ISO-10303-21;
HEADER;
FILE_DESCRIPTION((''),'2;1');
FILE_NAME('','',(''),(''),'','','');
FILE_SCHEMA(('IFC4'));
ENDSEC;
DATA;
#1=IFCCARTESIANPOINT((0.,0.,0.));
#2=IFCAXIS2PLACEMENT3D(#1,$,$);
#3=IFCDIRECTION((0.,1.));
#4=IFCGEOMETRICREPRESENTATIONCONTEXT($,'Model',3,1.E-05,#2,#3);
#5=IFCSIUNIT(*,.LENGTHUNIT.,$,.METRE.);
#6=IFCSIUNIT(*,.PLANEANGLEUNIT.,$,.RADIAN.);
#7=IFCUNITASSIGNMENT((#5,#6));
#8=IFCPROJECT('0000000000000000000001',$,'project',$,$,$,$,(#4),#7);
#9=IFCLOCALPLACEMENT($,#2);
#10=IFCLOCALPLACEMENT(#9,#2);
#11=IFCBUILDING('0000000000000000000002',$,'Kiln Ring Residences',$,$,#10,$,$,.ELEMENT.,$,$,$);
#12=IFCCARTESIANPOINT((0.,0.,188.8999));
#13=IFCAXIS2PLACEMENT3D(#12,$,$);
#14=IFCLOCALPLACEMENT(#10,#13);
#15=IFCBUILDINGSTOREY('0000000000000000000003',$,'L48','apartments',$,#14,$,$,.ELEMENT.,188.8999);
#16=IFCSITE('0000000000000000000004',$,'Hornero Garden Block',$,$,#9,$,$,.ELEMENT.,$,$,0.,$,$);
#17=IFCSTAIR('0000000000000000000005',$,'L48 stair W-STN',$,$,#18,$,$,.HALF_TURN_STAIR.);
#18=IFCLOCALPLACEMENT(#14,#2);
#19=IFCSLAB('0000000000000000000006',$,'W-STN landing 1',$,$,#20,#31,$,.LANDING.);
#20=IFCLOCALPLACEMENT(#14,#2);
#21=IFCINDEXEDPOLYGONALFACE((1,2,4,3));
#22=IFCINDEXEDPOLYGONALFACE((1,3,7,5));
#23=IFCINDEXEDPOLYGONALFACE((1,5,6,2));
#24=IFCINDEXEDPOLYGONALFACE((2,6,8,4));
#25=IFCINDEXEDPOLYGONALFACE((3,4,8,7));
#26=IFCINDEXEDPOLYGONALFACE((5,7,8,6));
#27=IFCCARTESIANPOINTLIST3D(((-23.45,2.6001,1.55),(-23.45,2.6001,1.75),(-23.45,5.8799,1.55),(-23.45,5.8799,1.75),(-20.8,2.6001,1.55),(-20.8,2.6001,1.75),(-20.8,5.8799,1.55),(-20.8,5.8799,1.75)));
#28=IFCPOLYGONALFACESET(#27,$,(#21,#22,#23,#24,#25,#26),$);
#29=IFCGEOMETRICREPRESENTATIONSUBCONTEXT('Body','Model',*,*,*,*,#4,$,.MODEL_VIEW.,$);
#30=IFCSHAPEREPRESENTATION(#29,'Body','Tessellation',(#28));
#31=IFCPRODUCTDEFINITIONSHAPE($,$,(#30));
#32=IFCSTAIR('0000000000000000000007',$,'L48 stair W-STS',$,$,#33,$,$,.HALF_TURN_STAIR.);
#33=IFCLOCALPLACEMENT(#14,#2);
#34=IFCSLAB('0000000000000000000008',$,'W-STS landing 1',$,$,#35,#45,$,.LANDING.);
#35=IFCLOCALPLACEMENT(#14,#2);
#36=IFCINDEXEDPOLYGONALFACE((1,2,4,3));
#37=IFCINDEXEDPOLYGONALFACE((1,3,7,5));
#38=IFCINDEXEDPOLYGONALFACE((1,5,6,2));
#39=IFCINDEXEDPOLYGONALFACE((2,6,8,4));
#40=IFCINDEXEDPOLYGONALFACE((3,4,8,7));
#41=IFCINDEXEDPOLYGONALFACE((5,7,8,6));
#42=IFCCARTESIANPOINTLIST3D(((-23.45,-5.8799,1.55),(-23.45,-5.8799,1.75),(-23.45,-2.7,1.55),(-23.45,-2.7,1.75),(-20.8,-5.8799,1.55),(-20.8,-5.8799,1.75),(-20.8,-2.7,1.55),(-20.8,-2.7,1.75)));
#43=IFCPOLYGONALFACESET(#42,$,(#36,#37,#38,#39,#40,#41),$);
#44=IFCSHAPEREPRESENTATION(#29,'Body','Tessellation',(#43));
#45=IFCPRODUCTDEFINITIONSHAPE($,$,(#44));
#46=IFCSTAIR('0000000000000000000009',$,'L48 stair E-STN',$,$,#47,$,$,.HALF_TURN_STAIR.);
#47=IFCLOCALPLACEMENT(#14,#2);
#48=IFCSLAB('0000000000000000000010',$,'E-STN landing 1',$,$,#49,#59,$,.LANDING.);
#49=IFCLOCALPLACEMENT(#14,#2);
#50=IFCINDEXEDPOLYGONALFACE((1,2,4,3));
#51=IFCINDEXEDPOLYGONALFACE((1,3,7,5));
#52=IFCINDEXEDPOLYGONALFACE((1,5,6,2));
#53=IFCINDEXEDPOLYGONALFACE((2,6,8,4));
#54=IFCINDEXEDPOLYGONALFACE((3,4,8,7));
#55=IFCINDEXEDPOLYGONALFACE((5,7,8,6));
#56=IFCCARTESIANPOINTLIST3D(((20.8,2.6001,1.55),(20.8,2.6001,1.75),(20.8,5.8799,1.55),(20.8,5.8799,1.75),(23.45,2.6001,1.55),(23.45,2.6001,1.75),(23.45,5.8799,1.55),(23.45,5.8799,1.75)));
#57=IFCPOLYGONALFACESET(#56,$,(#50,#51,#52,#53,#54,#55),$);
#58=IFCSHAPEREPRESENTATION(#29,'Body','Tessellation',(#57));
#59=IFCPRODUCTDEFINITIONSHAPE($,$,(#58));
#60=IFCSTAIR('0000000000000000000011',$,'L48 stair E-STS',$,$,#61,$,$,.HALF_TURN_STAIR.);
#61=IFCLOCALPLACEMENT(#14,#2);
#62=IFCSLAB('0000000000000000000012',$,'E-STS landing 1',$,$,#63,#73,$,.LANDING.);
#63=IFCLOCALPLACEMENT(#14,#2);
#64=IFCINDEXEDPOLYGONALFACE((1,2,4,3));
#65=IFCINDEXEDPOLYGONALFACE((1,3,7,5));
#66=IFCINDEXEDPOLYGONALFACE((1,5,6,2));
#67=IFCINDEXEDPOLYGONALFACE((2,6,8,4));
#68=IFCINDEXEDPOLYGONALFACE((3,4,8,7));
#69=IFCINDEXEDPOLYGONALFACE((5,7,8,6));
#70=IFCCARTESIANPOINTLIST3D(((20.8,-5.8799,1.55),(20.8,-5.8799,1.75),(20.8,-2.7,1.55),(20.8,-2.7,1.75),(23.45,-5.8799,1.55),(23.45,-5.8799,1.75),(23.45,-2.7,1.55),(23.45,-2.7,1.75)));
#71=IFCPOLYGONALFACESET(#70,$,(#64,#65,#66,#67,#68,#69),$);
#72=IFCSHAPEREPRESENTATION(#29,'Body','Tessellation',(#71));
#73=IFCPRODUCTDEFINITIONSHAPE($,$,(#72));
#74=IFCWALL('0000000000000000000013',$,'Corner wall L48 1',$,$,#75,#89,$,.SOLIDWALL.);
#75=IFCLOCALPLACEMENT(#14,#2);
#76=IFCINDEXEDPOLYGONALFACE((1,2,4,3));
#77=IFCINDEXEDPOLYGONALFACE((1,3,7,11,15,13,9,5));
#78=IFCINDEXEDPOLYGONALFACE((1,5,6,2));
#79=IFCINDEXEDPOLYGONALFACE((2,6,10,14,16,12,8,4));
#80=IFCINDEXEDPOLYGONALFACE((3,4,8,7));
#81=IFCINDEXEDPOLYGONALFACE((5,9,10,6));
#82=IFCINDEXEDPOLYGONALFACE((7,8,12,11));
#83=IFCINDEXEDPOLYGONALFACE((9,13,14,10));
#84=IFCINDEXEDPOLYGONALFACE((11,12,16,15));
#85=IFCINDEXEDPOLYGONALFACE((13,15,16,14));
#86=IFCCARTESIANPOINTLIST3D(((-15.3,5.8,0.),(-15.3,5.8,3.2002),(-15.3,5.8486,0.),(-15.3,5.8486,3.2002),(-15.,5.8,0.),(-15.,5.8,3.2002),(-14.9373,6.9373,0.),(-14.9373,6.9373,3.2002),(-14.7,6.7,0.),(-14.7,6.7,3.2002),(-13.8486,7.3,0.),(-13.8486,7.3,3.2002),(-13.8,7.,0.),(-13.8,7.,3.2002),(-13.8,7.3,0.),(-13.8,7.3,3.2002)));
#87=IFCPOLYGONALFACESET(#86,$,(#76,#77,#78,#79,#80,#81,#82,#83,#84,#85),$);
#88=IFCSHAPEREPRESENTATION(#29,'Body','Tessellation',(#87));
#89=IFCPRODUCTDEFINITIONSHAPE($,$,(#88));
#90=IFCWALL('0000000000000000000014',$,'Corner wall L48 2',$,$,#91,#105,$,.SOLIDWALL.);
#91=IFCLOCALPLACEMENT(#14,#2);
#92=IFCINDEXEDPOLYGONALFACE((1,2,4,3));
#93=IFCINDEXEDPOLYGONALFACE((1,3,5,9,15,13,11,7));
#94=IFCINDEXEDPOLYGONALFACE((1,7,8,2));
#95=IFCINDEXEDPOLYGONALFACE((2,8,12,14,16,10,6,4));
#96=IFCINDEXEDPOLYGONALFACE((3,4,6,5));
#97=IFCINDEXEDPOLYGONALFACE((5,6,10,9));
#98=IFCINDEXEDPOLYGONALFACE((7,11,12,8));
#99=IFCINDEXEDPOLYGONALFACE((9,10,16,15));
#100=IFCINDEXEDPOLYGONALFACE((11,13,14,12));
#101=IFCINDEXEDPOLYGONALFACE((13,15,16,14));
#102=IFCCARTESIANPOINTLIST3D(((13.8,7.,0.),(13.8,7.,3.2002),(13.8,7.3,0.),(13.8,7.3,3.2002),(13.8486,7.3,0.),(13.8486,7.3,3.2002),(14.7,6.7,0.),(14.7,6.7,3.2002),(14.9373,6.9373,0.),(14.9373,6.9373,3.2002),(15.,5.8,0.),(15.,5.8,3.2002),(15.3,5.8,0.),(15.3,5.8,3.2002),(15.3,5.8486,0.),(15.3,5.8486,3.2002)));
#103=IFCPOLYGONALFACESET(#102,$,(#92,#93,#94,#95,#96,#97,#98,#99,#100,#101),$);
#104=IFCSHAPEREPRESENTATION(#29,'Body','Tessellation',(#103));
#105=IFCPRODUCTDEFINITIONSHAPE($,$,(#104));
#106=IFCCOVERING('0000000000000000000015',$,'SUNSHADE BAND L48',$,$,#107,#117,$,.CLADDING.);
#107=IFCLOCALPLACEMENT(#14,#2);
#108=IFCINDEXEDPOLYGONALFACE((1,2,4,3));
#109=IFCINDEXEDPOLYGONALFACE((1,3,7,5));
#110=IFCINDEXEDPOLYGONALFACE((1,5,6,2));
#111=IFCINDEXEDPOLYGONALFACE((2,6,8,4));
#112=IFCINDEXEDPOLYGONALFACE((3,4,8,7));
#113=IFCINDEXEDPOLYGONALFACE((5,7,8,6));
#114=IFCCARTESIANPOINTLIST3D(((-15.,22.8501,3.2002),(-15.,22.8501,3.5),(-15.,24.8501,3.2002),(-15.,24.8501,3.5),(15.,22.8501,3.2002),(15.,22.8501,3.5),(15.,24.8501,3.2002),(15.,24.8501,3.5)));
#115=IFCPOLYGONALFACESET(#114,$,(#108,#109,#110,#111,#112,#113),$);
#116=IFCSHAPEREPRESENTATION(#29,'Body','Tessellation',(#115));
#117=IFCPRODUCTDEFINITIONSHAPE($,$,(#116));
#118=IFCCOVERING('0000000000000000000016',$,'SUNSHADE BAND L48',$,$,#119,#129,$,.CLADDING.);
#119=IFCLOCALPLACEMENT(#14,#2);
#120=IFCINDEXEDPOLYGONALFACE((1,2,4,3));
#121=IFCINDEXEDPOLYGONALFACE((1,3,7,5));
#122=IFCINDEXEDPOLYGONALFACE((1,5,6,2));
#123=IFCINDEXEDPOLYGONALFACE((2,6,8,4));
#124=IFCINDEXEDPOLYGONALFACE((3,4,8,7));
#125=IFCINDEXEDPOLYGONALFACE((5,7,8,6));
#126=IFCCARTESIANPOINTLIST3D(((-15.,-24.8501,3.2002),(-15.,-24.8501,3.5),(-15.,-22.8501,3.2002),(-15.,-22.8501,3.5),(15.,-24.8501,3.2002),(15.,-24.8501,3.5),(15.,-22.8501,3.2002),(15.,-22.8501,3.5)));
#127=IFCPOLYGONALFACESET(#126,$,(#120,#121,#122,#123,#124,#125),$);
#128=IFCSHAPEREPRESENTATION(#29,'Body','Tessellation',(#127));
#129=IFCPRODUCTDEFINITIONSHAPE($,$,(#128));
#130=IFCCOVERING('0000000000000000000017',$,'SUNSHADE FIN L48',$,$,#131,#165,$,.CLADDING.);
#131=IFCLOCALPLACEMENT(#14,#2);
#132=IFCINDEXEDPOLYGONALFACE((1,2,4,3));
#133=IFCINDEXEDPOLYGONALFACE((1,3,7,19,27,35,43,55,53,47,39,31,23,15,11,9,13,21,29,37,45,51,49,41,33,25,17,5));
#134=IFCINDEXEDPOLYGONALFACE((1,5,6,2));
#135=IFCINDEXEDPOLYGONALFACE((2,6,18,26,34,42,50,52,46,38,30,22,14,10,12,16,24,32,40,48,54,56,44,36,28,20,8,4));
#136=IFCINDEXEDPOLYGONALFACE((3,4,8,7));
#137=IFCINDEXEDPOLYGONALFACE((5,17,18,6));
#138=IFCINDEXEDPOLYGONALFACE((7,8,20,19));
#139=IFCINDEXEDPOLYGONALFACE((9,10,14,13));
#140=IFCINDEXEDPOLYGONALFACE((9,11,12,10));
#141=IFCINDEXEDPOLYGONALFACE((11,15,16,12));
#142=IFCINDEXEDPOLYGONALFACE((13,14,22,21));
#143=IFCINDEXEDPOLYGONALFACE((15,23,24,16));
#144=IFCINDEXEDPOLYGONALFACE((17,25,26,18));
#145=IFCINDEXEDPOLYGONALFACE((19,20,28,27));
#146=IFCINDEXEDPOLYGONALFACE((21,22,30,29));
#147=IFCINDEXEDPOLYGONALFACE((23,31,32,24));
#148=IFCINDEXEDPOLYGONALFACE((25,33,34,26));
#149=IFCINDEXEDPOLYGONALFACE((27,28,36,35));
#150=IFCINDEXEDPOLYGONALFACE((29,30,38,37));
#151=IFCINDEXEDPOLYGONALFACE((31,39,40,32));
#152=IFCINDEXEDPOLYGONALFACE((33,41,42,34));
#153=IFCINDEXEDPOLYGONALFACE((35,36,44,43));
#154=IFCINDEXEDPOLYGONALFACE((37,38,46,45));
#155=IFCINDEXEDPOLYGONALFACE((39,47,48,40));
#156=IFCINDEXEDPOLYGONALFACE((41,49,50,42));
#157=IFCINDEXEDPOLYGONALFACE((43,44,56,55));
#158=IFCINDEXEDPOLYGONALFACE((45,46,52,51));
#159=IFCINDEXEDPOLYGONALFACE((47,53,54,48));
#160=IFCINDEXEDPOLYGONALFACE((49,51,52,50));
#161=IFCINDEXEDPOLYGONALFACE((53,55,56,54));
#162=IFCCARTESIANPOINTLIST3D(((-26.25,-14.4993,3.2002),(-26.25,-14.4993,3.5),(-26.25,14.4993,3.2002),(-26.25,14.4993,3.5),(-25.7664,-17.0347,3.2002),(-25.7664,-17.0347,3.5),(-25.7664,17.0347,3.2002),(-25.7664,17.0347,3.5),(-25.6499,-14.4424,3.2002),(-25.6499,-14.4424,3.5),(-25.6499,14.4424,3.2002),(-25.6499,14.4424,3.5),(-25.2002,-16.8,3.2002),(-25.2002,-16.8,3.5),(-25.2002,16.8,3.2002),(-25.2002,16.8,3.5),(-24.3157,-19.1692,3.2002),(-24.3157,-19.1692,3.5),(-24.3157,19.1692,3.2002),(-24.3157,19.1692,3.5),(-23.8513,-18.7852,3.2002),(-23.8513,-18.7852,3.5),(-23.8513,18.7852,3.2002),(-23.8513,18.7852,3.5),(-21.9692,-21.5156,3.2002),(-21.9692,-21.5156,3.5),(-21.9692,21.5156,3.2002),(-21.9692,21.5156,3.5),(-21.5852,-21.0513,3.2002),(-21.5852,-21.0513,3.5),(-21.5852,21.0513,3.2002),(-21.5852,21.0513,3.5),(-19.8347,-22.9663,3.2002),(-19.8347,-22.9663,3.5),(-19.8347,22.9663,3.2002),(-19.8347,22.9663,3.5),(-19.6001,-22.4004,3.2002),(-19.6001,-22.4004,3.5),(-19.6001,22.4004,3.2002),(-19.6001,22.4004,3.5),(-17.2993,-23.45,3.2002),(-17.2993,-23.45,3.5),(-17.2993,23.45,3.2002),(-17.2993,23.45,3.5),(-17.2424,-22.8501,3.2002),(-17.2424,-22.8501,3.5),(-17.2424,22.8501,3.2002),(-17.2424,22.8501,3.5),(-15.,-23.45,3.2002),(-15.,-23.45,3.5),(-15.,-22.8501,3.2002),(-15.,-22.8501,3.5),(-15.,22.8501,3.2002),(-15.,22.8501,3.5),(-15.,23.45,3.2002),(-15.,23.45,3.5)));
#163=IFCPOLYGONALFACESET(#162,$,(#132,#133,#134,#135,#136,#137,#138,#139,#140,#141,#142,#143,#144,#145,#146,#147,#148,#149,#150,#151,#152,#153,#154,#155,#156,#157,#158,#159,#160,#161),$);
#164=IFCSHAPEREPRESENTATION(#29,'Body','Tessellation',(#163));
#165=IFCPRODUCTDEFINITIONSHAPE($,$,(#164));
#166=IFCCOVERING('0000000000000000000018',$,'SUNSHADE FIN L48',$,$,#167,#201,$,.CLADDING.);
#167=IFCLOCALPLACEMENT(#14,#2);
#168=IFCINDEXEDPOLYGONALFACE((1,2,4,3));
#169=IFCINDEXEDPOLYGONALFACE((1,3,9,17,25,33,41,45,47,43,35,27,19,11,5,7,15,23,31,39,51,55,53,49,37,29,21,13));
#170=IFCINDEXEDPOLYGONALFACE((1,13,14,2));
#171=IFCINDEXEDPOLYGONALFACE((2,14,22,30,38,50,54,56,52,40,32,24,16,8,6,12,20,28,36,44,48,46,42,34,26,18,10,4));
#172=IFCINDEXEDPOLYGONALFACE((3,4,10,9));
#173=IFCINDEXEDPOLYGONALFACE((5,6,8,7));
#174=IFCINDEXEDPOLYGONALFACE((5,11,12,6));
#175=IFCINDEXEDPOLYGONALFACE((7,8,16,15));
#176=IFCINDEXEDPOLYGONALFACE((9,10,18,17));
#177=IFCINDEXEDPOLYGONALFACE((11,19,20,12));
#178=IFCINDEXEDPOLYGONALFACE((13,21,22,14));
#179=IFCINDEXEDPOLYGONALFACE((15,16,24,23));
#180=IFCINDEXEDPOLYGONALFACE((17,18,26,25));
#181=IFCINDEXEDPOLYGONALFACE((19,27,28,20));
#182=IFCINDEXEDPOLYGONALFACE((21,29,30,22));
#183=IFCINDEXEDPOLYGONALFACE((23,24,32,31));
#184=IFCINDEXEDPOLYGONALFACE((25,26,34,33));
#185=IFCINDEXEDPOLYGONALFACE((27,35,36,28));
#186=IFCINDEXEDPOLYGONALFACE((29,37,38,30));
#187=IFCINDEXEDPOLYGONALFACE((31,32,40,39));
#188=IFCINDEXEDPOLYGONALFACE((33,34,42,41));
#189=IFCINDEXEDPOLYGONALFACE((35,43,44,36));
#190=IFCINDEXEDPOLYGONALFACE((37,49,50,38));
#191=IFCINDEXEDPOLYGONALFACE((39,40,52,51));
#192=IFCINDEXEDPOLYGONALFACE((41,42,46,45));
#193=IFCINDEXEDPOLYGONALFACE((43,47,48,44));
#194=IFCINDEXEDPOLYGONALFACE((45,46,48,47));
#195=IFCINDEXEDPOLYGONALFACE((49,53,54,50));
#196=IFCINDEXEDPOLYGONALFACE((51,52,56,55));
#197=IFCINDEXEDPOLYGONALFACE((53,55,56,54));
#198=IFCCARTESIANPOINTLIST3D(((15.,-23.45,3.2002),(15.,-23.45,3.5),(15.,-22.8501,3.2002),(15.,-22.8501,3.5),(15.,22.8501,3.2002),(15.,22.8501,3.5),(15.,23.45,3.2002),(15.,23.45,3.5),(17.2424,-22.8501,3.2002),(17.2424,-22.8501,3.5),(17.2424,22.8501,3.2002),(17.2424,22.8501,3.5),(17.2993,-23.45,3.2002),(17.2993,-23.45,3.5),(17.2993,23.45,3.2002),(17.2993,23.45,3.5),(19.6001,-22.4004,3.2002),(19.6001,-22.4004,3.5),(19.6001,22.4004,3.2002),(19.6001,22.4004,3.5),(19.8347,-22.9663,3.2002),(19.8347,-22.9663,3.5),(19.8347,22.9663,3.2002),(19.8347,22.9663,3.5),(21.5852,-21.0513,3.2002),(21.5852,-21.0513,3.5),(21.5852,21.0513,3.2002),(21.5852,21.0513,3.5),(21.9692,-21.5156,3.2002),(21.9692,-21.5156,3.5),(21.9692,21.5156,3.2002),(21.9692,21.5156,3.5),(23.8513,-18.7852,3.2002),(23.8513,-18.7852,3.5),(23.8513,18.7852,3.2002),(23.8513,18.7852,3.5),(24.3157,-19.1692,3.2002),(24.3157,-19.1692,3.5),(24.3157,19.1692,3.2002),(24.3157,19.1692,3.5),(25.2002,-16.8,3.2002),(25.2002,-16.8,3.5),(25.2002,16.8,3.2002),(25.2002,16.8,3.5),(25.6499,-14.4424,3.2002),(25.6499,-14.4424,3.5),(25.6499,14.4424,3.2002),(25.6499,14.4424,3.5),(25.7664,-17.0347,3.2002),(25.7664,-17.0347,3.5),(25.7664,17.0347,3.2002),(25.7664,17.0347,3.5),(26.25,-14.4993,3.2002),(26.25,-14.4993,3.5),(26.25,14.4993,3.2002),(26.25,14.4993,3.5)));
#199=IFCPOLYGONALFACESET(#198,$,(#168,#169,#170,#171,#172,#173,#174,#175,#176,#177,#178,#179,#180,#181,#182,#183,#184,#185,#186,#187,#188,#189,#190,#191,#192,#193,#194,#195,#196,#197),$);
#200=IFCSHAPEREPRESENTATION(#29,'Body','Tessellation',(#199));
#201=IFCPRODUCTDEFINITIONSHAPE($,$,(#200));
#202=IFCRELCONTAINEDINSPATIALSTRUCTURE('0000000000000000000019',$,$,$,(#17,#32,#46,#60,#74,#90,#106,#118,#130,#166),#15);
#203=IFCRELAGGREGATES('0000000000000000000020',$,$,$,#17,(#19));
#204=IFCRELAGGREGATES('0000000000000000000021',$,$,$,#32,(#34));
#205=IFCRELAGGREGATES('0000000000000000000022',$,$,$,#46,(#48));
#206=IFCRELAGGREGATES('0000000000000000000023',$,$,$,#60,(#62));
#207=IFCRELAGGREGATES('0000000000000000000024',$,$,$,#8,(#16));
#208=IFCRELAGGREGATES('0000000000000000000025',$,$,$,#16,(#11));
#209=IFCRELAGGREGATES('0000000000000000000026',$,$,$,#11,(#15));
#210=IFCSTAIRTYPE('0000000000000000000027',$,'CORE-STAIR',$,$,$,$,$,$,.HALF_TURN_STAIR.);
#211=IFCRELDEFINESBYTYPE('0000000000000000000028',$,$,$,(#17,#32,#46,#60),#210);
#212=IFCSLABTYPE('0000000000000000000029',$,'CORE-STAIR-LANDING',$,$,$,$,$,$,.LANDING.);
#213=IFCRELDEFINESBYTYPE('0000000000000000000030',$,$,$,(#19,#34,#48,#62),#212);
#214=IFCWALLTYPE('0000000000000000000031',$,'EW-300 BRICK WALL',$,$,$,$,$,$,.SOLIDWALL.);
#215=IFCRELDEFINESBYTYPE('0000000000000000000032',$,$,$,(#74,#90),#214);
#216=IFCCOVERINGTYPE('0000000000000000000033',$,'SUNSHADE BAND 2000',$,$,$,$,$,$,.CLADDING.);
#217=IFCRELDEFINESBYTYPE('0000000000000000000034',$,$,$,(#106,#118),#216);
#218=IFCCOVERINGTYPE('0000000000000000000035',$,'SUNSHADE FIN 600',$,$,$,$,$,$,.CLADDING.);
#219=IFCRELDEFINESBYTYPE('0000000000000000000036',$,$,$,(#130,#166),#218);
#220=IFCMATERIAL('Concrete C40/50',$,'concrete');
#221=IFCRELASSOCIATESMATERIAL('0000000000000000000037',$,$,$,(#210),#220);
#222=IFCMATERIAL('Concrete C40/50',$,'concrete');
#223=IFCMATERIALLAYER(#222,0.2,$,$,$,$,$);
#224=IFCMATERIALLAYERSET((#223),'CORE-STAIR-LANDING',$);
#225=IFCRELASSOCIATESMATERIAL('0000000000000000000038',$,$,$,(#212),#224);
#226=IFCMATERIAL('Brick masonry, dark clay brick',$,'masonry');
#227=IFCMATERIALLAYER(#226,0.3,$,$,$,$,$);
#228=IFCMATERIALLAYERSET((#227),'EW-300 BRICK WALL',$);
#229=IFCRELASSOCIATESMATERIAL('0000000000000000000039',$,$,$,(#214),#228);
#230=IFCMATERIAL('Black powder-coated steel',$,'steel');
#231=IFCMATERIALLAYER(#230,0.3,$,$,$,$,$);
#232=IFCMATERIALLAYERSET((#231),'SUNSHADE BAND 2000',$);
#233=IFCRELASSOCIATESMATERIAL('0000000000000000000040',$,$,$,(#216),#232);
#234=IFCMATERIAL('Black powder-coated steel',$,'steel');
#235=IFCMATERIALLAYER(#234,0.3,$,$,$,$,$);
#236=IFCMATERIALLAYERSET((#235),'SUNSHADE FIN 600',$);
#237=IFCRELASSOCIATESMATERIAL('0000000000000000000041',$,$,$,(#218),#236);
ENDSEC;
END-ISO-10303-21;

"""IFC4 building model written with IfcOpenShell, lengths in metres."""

from ifc_helpers import new_model, si_unit, direction, frame, origin, place, context, subcontext, project, spatial, polyline, outline, extrude, material, layer, layer_set, type_object, element, aggregate, save


model = new_model("IFC4")

# Units and contexts
model_context = context("Model", 3, precision=1e-05, world=origin(), true_north=direction((0.0, 1.0)))
body_context = subcontext(model_context, "Body", "Model", "MODEL_VIEW")
ifc_project = project(units=[si_unit("LENGTHUNIT", "METRE"), si_unit("PLANEANGLEUNIT", "RADIAN")], contexts=[model_context])

# Site, building, storey
site_placement = place(None, origin())
site = spatial("IfcSite", under=ifc_project, at=site_placement, Name="Hornero Garden Block", CompositionType="ELEMENT", RefElevation=0.0)
building_placement = place(site_placement, origin())
building = spatial("IfcBuilding", under=site, at=building_placement, Name="Kiln Ring Residences", CompositionType="ELEMENT")
storey_placement = place(building_placement, frame((0.0, 0.0, 188.8999)))
storey = spatial("IfcBuildingStorey", under=building, at=storey_placement, Name="L48", Description="apartments", CompositionType="ELEMENT", Elevation=188.8999)

# Stairs, slabs
ifc_material_1 = material(Name="Concrete C40/50", Category="concrete")
stair_type = type_object("IfcStairType", Name="CORE-STAIR", PredefinedType="HALF_TURN_STAIR", material=ifc_material_1)
placement_1 = place(storey_placement, origin())
stair_1 = element("IfcStair", 1, at=placement_1, inside=storey, type_object=stair_type, Name="L48 stair W-STN", PredefinedType="HALF_TURN_STAIR")
ifc_material_2 = material(Name="Concrete C40/50", Category="concrete")
ifc_layer_1 = layer(ifc_material_2, 0.2)
ifc_layer_set_1 = layer_set([ifc_layer_1], Name="CORE-STAIR-LANDING")
slab_type = type_object("IfcSlabType", Name="CORE-STAIR-LANDING", PredefinedType="LANDING", material=ifc_layer_set_1)
placement_2 = place(storey_placement, frame((0.0, 0.0, 1.55)))
slab_1 = element("IfcSlab", 2, at=placement_2, type_object=slab_type, Name="W-STN landing 1", PredefinedType="LANDING", context=body_context, shape_type="SweptSolid", body=[
    extrude(outline(polyline([(-23.45, 5.8799), (-23.45, 2.6001), (-20.8, 2.6001), (-20.8, 5.8799), (-23.45, 5.8799)])), origin(), (0.0, 0.0, 1.0), 0.2),
])
aggregate(stair_1, [slab_1])
stair_2 = element("IfcStair", 3, at=placement_1, inside=storey, type_object=stair_type, Name="L48 stair W-STS", PredefinedType="HALF_TURN_STAIR")
slab_2 = element("IfcSlab", 4, at=placement_2, type_object=slab_type, Name="W-STS landing 1", PredefinedType="LANDING", context=body_context, shape_type="SweptSolid", body=[
    extrude(outline(polyline([(-20.8, -5.8799), (-20.8, -2.7), (-23.45, -2.7), (-23.45, -5.8799), (-20.8, -5.8799)])), origin(), (0.0, 0.0, 1.0), 0.2),
])
aggregate(stair_2, [slab_2])
stair_3 = element("IfcStair", 5, at=placement_1, inside=storey, type_object=stair_type, Name="L48 stair E-STN", PredefinedType="HALF_TURN_STAIR")
slab_3 = element("IfcSlab", 6, at=placement_2, type_object=slab_type, Name="E-STN landing 1", PredefinedType="LANDING", context=body_context, shape_type="SweptSolid", body=[
    extrude(outline(polyline([(20.8, 5.8799), (20.8, 2.6001), (23.45, 2.6001), (23.45, 5.8799), (20.8, 5.8799)])), origin(), (0.0, 0.0, 1.0), 0.2),
])
aggregate(stair_3, [slab_3])
stair_4 = element("IfcStair", 7, at=placement_1, inside=storey, type_object=stair_type, Name="L48 stair E-STS", PredefinedType="HALF_TURN_STAIR")
slab_4 = element("IfcSlab", 8, at=placement_2, type_object=slab_type, Name="E-STS landing 1", PredefinedType="LANDING", context=body_context, shape_type="SweptSolid", body=[
    extrude(outline(polyline([(23.45, -5.8799), (23.45, -2.7), (20.8, -2.7), (20.8, -5.8799), (23.45, -5.8799)])), origin(), (0.0, 0.0, 1.0), 0.2),
])
aggregate(stair_4, [slab_4])

# Walls
ifc_material_3 = material(Name="Brick masonry, dark clay brick", Category="masonry")
ifc_layer_2 = layer(ifc_material_3, 0.3)
ifc_layer_set_2 = layer_set([ifc_layer_2], Name="EW-300 BRICK WALL")
wall_type = type_object("IfcWallType", Name="EW-300 BRICK WALL", PredefinedType="SOLIDWALL", material=ifc_layer_set_2)
element("IfcWall", 9, at=placement_1, inside=storey, type_object=wall_type, Name="Corner wall L48 1", PredefinedType="SOLIDWALL", context=body_context, shape_type="SweptSolid", body=[
    extrude(outline(polyline([(-13.8486, 7.3), (-14.9373, 6.9373), (-15.3, 5.8486), (-15.3, 5.8), (-15.0, 5.8), (-14.7, 6.7), (-13.8, 7.0), (-13.8, 7.3), (-13.8486, 7.3)])), origin(), (0.0, 0.0, 1.0), 3.2002),
])
element("IfcWall", 10, at=placement_1, inside=storey, type_object=wall_type, Name="Corner wall L48 2", PredefinedType="SOLIDWALL", context=body_context, shape_type="SweptSolid", body=[
    extrude(outline(polyline([(14.9373, 6.9373), (13.8486, 7.3), (13.8, 7.3), (13.8, 7.0), (14.7, 6.7), (15.0, 5.8), (15.3, 5.8), (15.3, 5.8486), (14.9373, 6.9373)])), origin(), (0.0, 0.0, 1.0), 3.2002),
])

# Coverings
ifc_material_4 = material(Name="Black powder-coated steel", Category="steel")
ifc_layer_3 = layer(ifc_material_4, 0.3)
ifc_layer_set_3 = layer_set([ifc_layer_3], Name="SUNSHADE BAND 2000")
covering_type_1 = type_object("IfcCoveringType", Name="SUNSHADE BAND 2000", PredefinedType="CLADDING", material=ifc_layer_set_3)
placement_3 = place(storey_placement, frame((0.0, 0.0, 3.2002)))
element("IfcCovering", 11, at=placement_3, inside=storey, type_object=covering_type_1, Name="SUNSHADE BAND L48", PredefinedType="CLADDING", context=body_context, shape_type="SweptSolid", body=[
    extrude(outline(polyline([(15.0, 24.8501), (-15.0, 24.8501), (-15.0, 22.8501), (15.0, 22.8501), (15.0, 24.8501)])), origin(), (0.0, 0.0, 1.0), 0.2998),
])
element("IfcCovering", 12, at=placement_3, inside=storey, type_object=covering_type_1, Name="SUNSHADE BAND L48", PredefinedType="CLADDING", context=body_context, shape_type="SweptSolid", body=[
    extrude(outline(polyline([(-15.0, -24.8501), (15.0, -24.8501), (15.0, -22.8501), (-15.0, -22.8501), (-15.0, -24.8501)])), origin(), (0.0, 0.0, 1.0), 0.2998),
])
ifc_material_5 = material(Name="Black powder-coated steel", Category="steel")
ifc_layer_4 = layer(ifc_material_5, 0.3)
ifc_layer_set_4 = layer_set([ifc_layer_4], Name="SUNSHADE FIN 600")
covering_type_2 = type_object("IfcCoveringType", Name="SUNSHADE FIN 600", PredefinedType="CLADDING", material=ifc_layer_set_4)
element("IfcCovering", 13, at=placement_3, inside=storey, type_object=covering_type_2, Name="SUNSHADE FIN L48", PredefinedType="CLADDING", context=body_context, shape_type="SweptSolid", body=[
    extrude(outline(polyline([(-26.25, -14.4993), (-25.7664, -17.0347), (-24.3157, -19.1692), (-21.9692, -21.5156), (-19.8347, -22.9663), (-17.2993, -23.45), (-15.0, -23.45), (-15.0, -22.8501), (-17.2424, -22.8501), (-19.6001, -22.4004), (-21.5852, -21.0513), (-23.8513, -18.7852), (-25.2002, -16.8), (-25.6499, -14.4424), (-25.6499, 14.4424), (-25.2002, 16.8), (-23.8513, 18.7852), (-21.5852, 21.0513), (-19.6001, 22.4004), (-17.2424, 22.8501), (-15.0, 22.8501), (-15.0, 23.45), (-17.2993, 23.45), (-19.8347, 22.9663), (-21.9692, 21.5156), (-24.3157, 19.1692), (-25.7664, 17.0347), (-26.25, 14.4993), (-26.25, -14.4993)])), origin(), (0.0, 0.0, 1.0), 0.2998),
])
element("IfcCovering", 14, at=placement_3, inside=storey, type_object=covering_type_2, Name="SUNSHADE FIN L48", PredefinedType="CLADDING", context=body_context, shape_type="SweptSolid", body=[
    extrude(outline(polyline([(17.2993, 23.45), (15.0, 23.45), (15.0, 22.8501), (17.2424, 22.8501), (19.6001, 22.4004), (21.5852, 21.0513), (23.8513, 18.7852), (25.2002, 16.8), (25.6499, 14.4424), (25.6499, -14.4424), (25.2002, -16.8), (23.8513, -18.7852), (21.5852, -21.0513), (19.6001, -22.4004), (17.2424, -22.8501), (15.0, -22.8501), (15.0, -23.45), (17.2993, -23.45), (19.8347, -22.9663), (21.9692, -21.5156), (24.3157, -19.1692), (25.7664, -17.0347), (26.25, -14.4993), (26.25, 14.4993), (25.7664, 17.0347), (24.3157, 19.1692), (21.9692, 21.5156), (19.8347, 22.9663), (17.2993, 23.45)])), origin(), (0.0, 0.0, 1.0), 0.2998),
])

save(model, "model.ifc")
